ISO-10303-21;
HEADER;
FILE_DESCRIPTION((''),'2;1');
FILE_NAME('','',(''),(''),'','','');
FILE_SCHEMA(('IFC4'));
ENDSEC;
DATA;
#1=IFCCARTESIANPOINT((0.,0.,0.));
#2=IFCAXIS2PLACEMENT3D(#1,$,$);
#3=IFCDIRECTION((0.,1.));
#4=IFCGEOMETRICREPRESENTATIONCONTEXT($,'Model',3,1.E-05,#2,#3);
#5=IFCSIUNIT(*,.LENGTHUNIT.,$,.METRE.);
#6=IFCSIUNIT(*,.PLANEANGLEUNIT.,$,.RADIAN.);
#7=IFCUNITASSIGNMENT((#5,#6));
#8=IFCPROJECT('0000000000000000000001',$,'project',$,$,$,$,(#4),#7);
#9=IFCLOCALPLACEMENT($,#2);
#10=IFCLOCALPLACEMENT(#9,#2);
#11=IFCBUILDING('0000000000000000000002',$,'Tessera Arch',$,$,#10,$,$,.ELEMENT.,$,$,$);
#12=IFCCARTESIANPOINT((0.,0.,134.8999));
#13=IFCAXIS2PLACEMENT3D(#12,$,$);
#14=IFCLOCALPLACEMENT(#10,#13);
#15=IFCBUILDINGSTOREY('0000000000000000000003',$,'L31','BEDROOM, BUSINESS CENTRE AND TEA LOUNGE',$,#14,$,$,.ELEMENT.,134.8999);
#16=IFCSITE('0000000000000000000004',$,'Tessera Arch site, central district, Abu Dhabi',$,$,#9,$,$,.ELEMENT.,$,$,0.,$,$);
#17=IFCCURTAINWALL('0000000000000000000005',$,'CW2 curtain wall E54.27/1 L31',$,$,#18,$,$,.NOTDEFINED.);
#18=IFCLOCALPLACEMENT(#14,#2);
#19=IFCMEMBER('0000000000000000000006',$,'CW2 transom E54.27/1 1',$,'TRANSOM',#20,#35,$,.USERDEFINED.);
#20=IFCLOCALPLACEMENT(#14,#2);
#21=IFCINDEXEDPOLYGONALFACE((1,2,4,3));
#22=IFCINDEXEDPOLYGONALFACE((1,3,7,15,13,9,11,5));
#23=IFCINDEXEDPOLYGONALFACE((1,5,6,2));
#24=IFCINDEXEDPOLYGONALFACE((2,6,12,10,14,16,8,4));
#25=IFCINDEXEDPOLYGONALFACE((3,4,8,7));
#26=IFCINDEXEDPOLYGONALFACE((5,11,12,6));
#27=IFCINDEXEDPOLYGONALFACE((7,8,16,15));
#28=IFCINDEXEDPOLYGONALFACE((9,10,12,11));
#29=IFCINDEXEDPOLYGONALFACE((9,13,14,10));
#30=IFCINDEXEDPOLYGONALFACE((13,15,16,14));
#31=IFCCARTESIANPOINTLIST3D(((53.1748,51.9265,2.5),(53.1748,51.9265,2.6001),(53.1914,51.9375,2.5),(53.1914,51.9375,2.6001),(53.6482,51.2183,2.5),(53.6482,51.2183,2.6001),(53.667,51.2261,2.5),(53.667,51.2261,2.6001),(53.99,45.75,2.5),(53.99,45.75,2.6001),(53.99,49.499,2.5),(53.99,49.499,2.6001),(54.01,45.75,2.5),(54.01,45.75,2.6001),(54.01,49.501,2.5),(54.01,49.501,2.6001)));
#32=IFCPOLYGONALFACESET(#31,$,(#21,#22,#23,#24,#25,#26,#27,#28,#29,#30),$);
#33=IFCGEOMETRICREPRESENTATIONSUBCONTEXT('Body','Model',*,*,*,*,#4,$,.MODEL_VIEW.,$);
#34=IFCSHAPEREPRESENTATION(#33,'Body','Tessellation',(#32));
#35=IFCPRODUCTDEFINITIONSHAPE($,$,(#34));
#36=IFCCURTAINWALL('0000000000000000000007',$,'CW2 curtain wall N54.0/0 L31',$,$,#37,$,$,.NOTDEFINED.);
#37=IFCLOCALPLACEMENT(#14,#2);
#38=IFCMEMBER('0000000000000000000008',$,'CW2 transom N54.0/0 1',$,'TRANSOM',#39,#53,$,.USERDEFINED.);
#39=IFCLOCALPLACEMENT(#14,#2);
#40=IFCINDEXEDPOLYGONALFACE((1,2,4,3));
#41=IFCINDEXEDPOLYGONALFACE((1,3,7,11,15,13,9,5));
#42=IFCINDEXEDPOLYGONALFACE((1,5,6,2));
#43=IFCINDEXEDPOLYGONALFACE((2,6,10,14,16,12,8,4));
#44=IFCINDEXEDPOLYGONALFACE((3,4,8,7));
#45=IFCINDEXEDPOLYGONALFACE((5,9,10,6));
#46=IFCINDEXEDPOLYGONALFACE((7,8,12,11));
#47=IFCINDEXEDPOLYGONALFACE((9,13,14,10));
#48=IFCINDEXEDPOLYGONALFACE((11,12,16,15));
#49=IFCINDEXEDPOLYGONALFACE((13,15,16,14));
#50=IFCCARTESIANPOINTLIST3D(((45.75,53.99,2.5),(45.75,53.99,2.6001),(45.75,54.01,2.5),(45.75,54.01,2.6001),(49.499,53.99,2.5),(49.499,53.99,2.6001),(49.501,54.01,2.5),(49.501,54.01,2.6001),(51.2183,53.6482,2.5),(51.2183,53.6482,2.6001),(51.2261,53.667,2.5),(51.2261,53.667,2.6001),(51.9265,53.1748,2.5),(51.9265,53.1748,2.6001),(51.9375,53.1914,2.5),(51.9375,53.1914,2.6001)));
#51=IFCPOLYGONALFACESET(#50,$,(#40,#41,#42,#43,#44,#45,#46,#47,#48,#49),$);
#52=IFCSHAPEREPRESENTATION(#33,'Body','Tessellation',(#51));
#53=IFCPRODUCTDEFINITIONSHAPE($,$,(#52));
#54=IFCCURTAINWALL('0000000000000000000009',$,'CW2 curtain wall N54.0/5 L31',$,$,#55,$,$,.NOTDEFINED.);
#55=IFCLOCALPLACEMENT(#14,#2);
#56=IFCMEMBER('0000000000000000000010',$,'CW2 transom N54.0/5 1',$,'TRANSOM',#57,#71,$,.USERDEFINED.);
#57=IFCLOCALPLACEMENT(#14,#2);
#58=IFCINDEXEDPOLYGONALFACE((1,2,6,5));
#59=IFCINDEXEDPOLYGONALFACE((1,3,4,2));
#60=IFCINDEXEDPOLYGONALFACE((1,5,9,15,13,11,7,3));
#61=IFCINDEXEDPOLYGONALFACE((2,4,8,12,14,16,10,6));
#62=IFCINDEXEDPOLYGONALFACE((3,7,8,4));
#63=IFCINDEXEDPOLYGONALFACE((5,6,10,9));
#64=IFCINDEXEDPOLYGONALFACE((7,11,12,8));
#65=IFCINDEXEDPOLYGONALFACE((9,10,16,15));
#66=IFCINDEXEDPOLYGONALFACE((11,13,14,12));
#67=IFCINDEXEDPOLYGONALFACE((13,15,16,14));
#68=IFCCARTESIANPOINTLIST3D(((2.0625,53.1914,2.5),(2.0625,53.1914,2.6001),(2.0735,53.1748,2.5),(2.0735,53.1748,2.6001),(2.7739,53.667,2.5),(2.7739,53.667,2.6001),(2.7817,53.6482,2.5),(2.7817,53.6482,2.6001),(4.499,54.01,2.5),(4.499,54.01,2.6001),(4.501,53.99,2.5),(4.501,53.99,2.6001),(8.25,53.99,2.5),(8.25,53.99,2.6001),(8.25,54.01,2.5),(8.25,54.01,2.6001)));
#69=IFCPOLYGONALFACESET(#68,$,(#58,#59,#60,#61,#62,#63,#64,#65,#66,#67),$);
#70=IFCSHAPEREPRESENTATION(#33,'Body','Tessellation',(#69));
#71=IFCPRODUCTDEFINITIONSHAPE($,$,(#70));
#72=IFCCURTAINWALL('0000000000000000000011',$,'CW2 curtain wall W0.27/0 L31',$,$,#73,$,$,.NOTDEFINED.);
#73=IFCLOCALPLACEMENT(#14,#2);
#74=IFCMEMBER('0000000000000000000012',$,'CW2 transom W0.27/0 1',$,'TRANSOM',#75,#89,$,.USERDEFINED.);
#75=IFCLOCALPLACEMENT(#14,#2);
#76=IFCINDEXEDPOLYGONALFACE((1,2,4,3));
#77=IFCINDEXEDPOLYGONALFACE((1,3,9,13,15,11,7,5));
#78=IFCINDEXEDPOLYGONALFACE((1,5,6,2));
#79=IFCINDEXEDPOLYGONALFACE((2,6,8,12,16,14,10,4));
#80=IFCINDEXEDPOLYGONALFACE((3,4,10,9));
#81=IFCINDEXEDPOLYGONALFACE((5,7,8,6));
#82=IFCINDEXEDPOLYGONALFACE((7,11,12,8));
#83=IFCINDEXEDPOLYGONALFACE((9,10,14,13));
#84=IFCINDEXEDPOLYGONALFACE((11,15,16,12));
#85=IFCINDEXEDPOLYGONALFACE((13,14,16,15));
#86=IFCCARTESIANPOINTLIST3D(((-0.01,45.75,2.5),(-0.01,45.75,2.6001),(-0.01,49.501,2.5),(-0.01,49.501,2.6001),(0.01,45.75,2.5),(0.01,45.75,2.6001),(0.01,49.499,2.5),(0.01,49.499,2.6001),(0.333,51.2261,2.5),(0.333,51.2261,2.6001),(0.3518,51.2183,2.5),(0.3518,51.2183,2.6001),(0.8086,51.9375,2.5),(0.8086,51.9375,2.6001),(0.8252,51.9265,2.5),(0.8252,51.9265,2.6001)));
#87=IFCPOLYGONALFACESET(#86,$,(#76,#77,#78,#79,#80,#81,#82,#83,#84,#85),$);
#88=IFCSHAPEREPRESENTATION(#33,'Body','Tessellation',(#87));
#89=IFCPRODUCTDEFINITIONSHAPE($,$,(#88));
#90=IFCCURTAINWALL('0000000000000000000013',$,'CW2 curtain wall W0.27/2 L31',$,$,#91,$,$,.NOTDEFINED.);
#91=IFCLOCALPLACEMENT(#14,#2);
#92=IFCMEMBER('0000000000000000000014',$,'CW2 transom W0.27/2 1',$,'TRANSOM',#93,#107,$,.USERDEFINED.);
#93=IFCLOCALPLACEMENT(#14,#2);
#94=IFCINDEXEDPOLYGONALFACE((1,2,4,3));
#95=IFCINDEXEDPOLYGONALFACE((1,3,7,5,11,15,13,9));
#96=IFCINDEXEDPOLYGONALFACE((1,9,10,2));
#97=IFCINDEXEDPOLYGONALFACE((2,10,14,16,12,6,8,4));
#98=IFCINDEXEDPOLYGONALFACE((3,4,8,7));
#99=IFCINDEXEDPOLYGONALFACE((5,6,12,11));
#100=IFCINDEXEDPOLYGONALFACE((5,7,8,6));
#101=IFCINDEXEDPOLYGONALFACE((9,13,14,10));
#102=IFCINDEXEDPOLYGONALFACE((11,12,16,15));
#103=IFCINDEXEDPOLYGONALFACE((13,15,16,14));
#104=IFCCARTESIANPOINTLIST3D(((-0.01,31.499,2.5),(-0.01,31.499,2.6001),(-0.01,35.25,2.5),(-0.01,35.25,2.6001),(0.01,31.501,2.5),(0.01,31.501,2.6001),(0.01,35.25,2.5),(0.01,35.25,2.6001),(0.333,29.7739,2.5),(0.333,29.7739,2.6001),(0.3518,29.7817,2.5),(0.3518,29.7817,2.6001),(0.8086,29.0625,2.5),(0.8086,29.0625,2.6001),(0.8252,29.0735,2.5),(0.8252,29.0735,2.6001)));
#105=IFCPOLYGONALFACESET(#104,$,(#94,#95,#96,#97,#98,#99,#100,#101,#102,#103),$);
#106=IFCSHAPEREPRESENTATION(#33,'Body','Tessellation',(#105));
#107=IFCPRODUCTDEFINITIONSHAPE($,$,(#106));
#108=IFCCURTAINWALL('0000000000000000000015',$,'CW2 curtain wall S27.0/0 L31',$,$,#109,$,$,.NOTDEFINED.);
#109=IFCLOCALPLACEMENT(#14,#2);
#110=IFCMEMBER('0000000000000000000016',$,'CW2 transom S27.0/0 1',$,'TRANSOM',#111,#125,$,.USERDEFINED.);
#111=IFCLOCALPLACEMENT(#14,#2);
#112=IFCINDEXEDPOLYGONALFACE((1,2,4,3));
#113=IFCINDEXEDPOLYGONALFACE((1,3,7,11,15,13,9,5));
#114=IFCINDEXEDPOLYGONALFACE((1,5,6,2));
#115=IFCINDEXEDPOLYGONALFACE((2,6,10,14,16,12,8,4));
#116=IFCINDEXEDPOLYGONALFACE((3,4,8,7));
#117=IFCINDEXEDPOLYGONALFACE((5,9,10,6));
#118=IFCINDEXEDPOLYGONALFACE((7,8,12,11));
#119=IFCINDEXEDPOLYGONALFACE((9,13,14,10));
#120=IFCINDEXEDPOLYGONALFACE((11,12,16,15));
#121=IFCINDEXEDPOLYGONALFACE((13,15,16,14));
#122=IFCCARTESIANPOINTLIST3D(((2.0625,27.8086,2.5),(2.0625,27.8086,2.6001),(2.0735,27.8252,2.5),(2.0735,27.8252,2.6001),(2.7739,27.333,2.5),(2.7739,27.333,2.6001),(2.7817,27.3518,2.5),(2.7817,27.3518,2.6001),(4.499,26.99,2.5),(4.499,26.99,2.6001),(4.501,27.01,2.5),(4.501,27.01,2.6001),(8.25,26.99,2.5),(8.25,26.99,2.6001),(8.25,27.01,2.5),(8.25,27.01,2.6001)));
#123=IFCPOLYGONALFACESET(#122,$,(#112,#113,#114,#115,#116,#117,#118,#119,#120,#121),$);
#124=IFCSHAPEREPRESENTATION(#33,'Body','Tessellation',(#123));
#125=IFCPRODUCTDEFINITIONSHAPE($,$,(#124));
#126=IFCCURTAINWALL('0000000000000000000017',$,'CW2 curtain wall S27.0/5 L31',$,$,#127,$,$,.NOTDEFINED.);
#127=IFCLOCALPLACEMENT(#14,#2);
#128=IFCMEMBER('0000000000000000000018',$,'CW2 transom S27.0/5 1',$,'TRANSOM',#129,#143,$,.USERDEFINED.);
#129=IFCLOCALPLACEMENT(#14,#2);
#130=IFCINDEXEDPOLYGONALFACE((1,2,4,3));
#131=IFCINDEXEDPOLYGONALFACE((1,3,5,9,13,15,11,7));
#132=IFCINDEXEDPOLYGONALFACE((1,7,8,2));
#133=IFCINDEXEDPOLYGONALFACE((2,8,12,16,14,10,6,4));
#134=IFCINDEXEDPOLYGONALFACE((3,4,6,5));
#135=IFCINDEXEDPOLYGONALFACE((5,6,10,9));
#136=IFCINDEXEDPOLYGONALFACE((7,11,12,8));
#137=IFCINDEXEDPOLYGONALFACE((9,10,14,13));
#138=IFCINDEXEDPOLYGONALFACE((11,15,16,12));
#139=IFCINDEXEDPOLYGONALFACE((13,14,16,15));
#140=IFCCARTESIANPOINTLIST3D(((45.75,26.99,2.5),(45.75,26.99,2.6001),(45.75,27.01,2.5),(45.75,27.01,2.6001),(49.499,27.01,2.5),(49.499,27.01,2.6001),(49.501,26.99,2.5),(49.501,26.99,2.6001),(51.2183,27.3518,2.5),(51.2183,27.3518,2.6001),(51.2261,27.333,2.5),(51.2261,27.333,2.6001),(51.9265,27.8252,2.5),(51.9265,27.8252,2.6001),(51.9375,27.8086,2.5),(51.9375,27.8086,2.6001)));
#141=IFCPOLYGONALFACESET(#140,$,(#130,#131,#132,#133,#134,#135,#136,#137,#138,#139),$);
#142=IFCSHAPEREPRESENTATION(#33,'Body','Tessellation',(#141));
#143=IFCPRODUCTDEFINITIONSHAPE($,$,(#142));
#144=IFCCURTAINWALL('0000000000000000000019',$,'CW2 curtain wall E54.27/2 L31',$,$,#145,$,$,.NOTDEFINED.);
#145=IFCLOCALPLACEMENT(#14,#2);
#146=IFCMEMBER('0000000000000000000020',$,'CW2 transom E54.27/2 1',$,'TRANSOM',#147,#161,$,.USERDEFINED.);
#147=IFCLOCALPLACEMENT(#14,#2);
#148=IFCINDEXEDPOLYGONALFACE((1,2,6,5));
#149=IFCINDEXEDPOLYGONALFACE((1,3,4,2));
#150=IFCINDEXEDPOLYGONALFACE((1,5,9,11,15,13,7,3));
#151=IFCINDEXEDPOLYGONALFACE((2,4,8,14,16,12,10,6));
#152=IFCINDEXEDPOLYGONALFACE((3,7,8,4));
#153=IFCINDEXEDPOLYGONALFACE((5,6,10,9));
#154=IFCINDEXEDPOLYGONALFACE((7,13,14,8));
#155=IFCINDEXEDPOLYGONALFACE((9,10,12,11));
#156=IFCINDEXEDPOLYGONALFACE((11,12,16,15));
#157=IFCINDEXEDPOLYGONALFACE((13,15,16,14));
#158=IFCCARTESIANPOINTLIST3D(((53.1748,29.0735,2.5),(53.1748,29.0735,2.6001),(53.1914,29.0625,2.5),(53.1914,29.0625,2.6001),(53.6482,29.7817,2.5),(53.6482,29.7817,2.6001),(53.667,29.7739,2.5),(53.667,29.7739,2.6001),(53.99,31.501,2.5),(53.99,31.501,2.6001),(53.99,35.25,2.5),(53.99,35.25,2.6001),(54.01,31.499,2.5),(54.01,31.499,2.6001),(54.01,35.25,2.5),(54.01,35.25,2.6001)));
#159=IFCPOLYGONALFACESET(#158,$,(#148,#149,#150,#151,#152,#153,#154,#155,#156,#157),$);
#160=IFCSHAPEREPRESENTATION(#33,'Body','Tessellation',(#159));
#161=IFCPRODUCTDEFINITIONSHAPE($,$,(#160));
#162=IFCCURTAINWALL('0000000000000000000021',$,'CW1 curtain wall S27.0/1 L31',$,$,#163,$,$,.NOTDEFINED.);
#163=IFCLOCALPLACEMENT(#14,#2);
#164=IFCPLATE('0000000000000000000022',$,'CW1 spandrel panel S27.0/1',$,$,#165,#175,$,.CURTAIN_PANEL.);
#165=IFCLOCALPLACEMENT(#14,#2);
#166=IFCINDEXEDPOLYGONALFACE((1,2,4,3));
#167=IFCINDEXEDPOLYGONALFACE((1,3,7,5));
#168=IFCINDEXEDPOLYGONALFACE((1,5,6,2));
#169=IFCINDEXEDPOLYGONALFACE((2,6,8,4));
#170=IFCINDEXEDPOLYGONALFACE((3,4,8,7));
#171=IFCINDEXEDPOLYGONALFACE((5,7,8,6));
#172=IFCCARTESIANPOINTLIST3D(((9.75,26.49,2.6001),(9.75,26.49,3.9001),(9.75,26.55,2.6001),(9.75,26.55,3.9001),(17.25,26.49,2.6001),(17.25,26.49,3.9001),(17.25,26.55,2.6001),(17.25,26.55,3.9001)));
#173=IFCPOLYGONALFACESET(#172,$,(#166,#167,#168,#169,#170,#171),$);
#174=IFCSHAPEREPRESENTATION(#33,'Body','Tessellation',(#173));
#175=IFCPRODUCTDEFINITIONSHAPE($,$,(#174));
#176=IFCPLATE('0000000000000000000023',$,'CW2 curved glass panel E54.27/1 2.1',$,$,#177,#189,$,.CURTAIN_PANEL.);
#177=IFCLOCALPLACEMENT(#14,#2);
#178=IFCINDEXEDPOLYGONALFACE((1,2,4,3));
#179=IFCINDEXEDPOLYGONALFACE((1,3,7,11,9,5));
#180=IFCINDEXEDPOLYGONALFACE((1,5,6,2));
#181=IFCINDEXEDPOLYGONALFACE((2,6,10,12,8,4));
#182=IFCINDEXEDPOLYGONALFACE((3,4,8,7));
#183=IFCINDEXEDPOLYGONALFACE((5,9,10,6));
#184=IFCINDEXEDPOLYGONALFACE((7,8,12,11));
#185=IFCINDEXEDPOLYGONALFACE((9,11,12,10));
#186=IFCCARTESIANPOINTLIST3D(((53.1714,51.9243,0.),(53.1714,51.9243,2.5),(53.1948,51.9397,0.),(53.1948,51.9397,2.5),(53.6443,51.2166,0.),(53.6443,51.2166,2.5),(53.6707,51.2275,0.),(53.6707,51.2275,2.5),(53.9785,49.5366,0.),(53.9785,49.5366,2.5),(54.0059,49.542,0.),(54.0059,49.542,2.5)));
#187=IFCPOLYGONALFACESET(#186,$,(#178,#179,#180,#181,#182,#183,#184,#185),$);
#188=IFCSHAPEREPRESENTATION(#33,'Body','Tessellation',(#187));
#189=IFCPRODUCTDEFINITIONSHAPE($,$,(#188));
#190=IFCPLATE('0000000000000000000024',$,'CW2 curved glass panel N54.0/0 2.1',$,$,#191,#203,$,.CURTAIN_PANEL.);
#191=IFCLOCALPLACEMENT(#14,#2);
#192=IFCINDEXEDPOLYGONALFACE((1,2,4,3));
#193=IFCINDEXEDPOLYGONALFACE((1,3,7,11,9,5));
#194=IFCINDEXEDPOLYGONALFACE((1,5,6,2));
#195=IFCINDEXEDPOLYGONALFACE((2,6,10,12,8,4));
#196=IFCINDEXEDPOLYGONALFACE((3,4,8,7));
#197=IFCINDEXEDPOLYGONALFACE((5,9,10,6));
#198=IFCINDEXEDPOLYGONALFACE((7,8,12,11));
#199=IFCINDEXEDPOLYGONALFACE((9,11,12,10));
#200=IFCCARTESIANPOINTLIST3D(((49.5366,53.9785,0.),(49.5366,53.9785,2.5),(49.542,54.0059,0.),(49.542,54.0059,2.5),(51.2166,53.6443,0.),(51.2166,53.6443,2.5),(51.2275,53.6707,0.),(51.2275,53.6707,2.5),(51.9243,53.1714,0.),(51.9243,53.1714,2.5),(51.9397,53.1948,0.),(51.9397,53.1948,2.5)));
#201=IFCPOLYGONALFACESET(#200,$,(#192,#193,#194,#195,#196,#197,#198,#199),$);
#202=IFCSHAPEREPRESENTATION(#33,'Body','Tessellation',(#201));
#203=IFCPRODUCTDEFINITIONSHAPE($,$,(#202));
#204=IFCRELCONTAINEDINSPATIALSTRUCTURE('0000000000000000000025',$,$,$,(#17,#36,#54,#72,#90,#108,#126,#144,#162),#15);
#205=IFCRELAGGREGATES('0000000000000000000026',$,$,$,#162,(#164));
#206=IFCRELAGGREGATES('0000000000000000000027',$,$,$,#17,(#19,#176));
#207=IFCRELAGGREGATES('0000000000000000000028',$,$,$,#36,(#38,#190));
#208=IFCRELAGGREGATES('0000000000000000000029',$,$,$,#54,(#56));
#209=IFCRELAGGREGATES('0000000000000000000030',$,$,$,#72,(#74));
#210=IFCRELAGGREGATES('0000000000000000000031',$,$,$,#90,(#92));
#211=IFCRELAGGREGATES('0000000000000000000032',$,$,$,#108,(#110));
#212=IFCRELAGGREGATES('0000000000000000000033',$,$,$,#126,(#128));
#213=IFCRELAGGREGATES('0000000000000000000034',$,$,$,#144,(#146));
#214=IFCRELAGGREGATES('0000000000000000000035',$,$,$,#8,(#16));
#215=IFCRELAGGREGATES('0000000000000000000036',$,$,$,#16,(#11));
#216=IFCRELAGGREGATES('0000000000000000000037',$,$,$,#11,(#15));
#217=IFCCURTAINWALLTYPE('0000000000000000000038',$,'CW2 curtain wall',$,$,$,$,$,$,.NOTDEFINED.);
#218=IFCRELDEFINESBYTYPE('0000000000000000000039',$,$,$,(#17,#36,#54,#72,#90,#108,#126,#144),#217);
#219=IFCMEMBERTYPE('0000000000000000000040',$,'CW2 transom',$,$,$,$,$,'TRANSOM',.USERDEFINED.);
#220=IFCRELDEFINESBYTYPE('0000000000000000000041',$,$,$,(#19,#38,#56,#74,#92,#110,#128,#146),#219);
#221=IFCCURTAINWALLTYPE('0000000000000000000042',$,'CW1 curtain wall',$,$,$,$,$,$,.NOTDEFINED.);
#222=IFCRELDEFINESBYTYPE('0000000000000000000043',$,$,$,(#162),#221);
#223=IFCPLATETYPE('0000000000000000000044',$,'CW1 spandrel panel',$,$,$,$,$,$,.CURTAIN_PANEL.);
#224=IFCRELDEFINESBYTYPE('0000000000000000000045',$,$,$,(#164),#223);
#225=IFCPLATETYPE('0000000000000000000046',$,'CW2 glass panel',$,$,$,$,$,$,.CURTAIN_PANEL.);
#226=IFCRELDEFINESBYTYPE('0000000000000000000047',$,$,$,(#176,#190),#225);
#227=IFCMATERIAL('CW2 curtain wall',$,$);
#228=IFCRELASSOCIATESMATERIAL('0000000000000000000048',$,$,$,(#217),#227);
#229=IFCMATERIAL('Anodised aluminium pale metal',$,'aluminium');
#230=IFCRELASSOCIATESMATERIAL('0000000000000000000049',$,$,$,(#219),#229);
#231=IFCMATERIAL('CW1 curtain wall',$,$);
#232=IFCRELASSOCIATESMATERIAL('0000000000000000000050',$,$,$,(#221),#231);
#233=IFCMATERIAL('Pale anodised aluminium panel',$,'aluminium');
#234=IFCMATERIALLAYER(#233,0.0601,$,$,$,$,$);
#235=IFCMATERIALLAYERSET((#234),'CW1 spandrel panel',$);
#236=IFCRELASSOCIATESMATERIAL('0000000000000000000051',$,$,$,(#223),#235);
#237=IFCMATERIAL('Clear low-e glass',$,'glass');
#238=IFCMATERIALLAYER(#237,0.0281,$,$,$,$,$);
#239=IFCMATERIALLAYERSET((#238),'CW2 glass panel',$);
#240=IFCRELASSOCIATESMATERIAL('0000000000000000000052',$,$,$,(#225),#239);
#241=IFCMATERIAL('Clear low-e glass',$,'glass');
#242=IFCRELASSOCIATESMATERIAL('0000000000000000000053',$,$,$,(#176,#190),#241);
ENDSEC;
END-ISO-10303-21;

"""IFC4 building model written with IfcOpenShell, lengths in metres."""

from ifc_helpers import new_model, si_unit, direction, frame, origin, origin_2d, place, context, subcontext, project, spatial, polyline, rectangle, outline, extrude, material, layer, layer_set, material_profile, profile_set, type_object, element, aggregate, save


model = new_model("IFC4")

# Units and contexts
model_context = context("Model", 3, precision=1e-05, world=origin(), true_north=direction((0.0, 1.0)))
body_context = subcontext(model_context, "Body", "Model", "MODEL_VIEW")
ifc_project = project(units=[si_unit("LENGTHUNIT", "METRE"), si_unit("PLANEANGLEUNIT", "RADIAN")], contexts=[model_context])

# Site, building, storey
site_placement = place(None, origin())
site = spatial("IfcSite", under=ifc_project, at=site_placement, Name="Tessera Arch site, central district, Abu Dhabi", CompositionType="ELEMENT", RefElevation=0.0)
building_placement = place(site_placement, origin())
building = spatial("IfcBuilding", under=site, at=building_placement, Name="Tessera Arch", CompositionType="ELEMENT")
storey_placement = place(building_placement, frame((0.0, 0.0, 134.8999)))
storey = spatial("IfcBuildingStorey", under=building, at=storey_placement, Name="L31", Description="BEDROOM, BUSINESS CENTRE AND TEA LOUNGE", CompositionType="ELEMENT", Elevation=134.8999)

# Curtain walls, members
ifc_material_1 = material(Name="CW2 curtain wall")
curtain_wall_type_1 = type_object("IfcCurtainWallType", Name="CW2 curtain wall", PredefinedType="NOTDEFINED", material=ifc_material_1)
curtain_wall_1_placement = place(storey_placement, origin())
curtain_wall_1 = element("IfcCurtainWall", 1, at=curtain_wall_1_placement, inside=storey, type_object=curtain_wall_type_1, Name="CW2 curtain wall E54.27/1 L31", PredefinedType="NOTDEFINED")
ifc_material_2 = material(Name="Anodised aluminium pale metal", Category="aluminium")
ifc_material_profile = material_profile(ifc_material_2, rectangle(XDim=0.2, YDim=0.1001, at=origin_2d()), Name="AL 200x100")
ifc_profile_set = profile_set([ifc_material_profile], Name="Anodised aluminium pale metal")
member_type = type_object("IfcMemberType", Name="CW2 transom", ElementType="TRANSOM", PredefinedType="USERDEFINED", material=ifc_profile_set)
member_1_placement = place(storey_placement, frame((0.0, 0.0, 2.5)))
member_1 = element("IfcMember", 2, at=member_1_placement, type_object=member_type, Name="CW2 transom E54.27/1 1", ObjectType="TRANSOM", PredefinedType="USERDEFINED", context=body_context, shape_type="SweptSolid", body=[
    extrude(outline(polyline([(53.99, 49.499), (53.99, 45.75), (54.01, 45.75), (54.01, 49.501), (53.667, 51.2261), (53.1914, 51.9375), (53.1748, 51.9265), (53.6482, 51.2183), (53.99, 49.499)])), origin(), (0.0, 0.0, 1.0), 0.1001),
])
curtain_wall_2_placement = place(storey_placement, origin())
curtain_wall_2 = element("IfcCurtainWall", 3, at=curtain_wall_2_placement, inside=storey, type_object=curtain_wall_type_1, Name="CW2 curtain wall N54.0/0 L31", PredefinedType="NOTDEFINED")
member_2_placement = place(storey_placement, frame((0.0, 0.0, 2.5)))
member_2 = element("IfcMember", 4, at=member_2_placement, type_object=member_type, Name="CW2 transom N54.0/0 1", ObjectType="TRANSOM", PredefinedType="USERDEFINED", context=body_context, shape_type="SweptSolid", body=[
    extrude(outline(polyline([(51.2183, 53.6482), (51.9265, 53.1748), (51.9375, 53.1914), (51.2261, 53.667), (49.501, 54.01), (45.75, 54.01), (45.75, 53.99), (49.499, 53.99), (51.2183, 53.6482)])), origin(), (0.0, 0.0, 1.0), 0.1001),
])
curtain_wall_3_placement = place(storey_placement, origin())
curtain_wall_3 = element("IfcCurtainWall", 5, at=curtain_wall_3_placement, inside=storey, type_object=curtain_wall_type_1, Name="CW2 curtain wall N54.0/5 L31", PredefinedType="NOTDEFINED")
member_3_placement = place(storey_placement, frame((0.0, 0.0, 2.5)))
member_3 = element("IfcMember", 6, at=member_3_placement, type_object=member_type, Name="CW2 transom N54.0/5 1", ObjectType="TRANSOM", PredefinedType="USERDEFINED", context=body_context, shape_type="SweptSolid", body=[
    extrude(outline(polyline([(4.501, 53.99), (8.25, 53.99), (8.25, 54.01), (4.499, 54.01), (2.7739, 53.667), (2.0625, 53.1914), (2.0735, 53.1748), (2.7817, 53.6482), (4.501, 53.99)])), origin(), (0.0, 0.0, 1.0), 0.1001),
])
curtain_wall_4_placement = place(storey_placement, origin())
curtain_wall_4 = element("IfcCurtainWall", 7, at=curtain_wall_4_placement, inside=storey, type_object=curtain_wall_type_1, Name="CW2 curtain wall W0.27/0 L31", PredefinedType="NOTDEFINED")
member_4_placement = place(storey_placement, frame((0.0, 0.0, 2.5)))
member_4 = element("IfcMember", 8, at=member_4_placement, type_object=member_type, Name="CW2 transom W0.27/0 1", ObjectType="TRANSOM", PredefinedType="USERDEFINED", context=body_context, shape_type="SweptSolid", body=[
    extrude(outline(polyline([(0.3518, 51.2183), (0.8252, 51.9265), (0.8086, 51.9375), (0.333, 51.2261), (-0.01, 49.501), (-0.01, 45.75), (0.01, 45.75), (0.01, 49.499), (0.3518, 51.2183)])), origin(), (0.0, 0.0, 1.0), 0.1001),
])
curtain_wall_5_placement = place(storey_placement, origin())
curtain_wall_5 = element("IfcCurtainWall", 9, at=curtain_wall_5_placement, inside=storey, type_object=curtain_wall_type_1, Name="CW2 curtain wall W0.27/2 L31", PredefinedType="NOTDEFINED")
member_5_placement = place(storey_placement, frame((0.0, 0.0, 2.5)))
member_5 = element("IfcMember", 10, at=member_5_placement, type_object=member_type, Name="CW2 transom W0.27/2 1", ObjectType="TRANSOM", PredefinedType="USERDEFINED", context=body_context, shape_type="SweptSolid", body=[
    extrude(outline(polyline([(0.01, 31.501), (0.01, 35.25), (-0.01, 35.25), (-0.01, 31.499), (0.333, 29.7739), (0.8086, 29.0625), (0.8252, 29.0735), (0.3518, 29.7817), (0.01, 31.501)])), origin(), (0.0, 0.0, 1.0), 0.1001),
])
curtain_wall_6_placement = place(storey_placement, origin())
curtain_wall_6 = element("IfcCurtainWall", 11, at=curtain_wall_6_placement, inside=storey, type_object=curtain_wall_type_1, Name="CW2 curtain wall S27.0/0 L31", PredefinedType="NOTDEFINED")
member_6_placement = place(storey_placement, frame((0.0, 0.0, 2.5)))
member_6 = element("IfcMember", 12, at=member_6_placement, type_object=member_type, Name="CW2 transom S27.0/0 1", ObjectType="TRANSOM", PredefinedType="USERDEFINED", context=body_context, shape_type="SweptSolid", body=[
    extrude(outline(polyline([(2.7817, 27.3518), (2.0735, 27.8252), (2.0625, 27.8086), (2.7739, 27.333), (4.499, 26.99), (8.25, 26.99), (8.25, 27.01), (4.501, 27.01), (2.7817, 27.3518)])), origin(), (0.0, 0.0, 1.0), 0.1001),
])
curtain_wall_7_placement = place(storey_placement, origin())
curtain_wall_7 = element("IfcCurtainWall", 13, at=curtain_wall_7_placement, inside=storey, type_object=curtain_wall_type_1, Name="CW2 curtain wall S27.0/5 L31", PredefinedType="NOTDEFINED")
member_7_placement = place(storey_placement, frame((0.0, 0.0, 2.5)))
member_7 = element("IfcMember", 14, at=member_7_placement, type_object=member_type, Name="CW2 transom S27.0/5 1", ObjectType="TRANSOM", PredefinedType="USERDEFINED", context=body_context, shape_type="SweptSolid", body=[
    extrude(outline(polyline([(49.499, 27.01), (45.75, 27.01), (45.75, 26.99), (49.501, 26.99), (51.2261, 27.333), (51.9375, 27.8086), (51.9265, 27.8252), (51.2183, 27.3518), (49.499, 27.01)])), origin(), (0.0, 0.0, 1.0), 0.1001),
])
curtain_wall_8_placement = place(storey_placement, origin())
curtain_wall_8 = element("IfcCurtainWall", 15, at=curtain_wall_8_placement, inside=storey, type_object=curtain_wall_type_1, Name="CW2 curtain wall E54.27/2 L31", PredefinedType="NOTDEFINED")
member_8_placement = place(storey_placement, frame((0.0, 0.0, 2.5)))
member_8 = element("IfcMember", 16, at=member_8_placement, type_object=member_type, Name="CW2 transom E54.27/2 1", ObjectType="TRANSOM", PredefinedType="USERDEFINED", context=body_context, shape_type="SweptSolid", body=[
    extrude(outline(polyline([(53.6482, 29.7817), (53.1748, 29.0735), (53.1914, 29.0625), (53.667, 29.7739), (54.01, 31.499), (54.01, 35.25), (53.99, 35.25), (53.99, 31.501), (53.6482, 29.7817)])), origin(), (0.0, 0.0, 1.0), 0.1001),
])

# Curtain wall, plate
ifc_material_3 = material(Name="CW1 curtain wall")
curtain_wall_type_2 = type_object("IfcCurtainWallType", Name="CW1 curtain wall", PredefinedType="NOTDEFINED", material=ifc_material_3)
curtain_wall_9_placement = place(storey_placement, origin())
curtain_wall_9 = element("IfcCurtainWall", 17, at=curtain_wall_9_placement, inside=storey, type_object=curtain_wall_type_2, Name="CW1 curtain wall S27.0/1 L31", PredefinedType="NOTDEFINED")
ifc_material_4 = material(Name="Pale anodised aluminium panel", Category="aluminium")
ifc_layer_1 = layer(ifc_material_4, 0.0601)
ifc_layer_set_1 = layer_set([ifc_layer_1], Name="CW1 spandrel panel")
plate_type_1 = type_object("IfcPlateType", Name="CW1 spandrel panel", PredefinedType="CURTAIN_PANEL", material=ifc_layer_set_1)
plate_1_placement = place(storey_placement, frame((13.5, 26.52, 2.6001), z_axis=(0.0, 0.0, 1.0), x_axis=(1.0, 0.0, 0.0)))
plate_1 = element("IfcPlate", 18, at=plate_1_placement, type_object=plate_type_1, Name="CW1 spandrel panel S27.0/1", PredefinedType="CURTAIN_PANEL", context=body_context, shape_type="SweptSolid", body=[
    extrude(rectangle(XDim=7.5, YDim=0.0601, at=origin_2d()), origin(), (0.0, 0.0, 1.0), 1.3),
])
aggregate(curtain_wall_9, [plate_1])

# Plates
ifc_material_5 = material(Name="Clear low-e glass", Category="glass")
ifc_material_6 = material(Name="Clear low-e glass", Category="glass")
ifc_layer_2 = layer(ifc_material_6, 0.0281)
ifc_layer_set_2 = layer_set([ifc_layer_2], Name="CW2 glass panel")
plate_type_2 = type_object("IfcPlateType", Name="CW2 glass panel", PredefinedType="CURTAIN_PANEL", material=ifc_layer_set_2)
plate_2_placement = place(storey_placement, origin())
plate_2 = element("IfcPlate", 19, at=plate_2_placement, type_object=plate_type_2, material=ifc_material_5, Name="CW2 curved glass panel E54.27/1 2.1", PredefinedType="CURTAIN_PANEL", context=body_context, shape_type="SweptSolid", body=[
    extrude(outline(polyline([(53.6443, 51.2166), (53.9785, 49.5366), (54.0059, 49.542), (53.6707, 51.2275), (53.1948, 51.9397), (53.1714, 51.9243), (53.6443, 51.2166)])), origin(), (0.0, 0.0, 1.0), 2.5),
])
plate_3_placement = place(storey_placement, origin())
plate_3 = element("IfcPlate", 20, at=plate_3_placement, type_object=plate_type_2, material=ifc_material_5, Name="CW2 curved glass panel N54.0/0 2.1", PredefinedType="CURTAIN_PANEL", context=body_context, shape_type="SweptSolid", body=[
    extrude(outline(polyline([(51.2166, 53.6443), (51.9243, 53.1714), (51.9397, 53.1948), (51.2275, 53.6707), (49.542, 54.0059), (49.5366, 53.9785), (51.2166, 53.6443)])), origin(), (0.0, 0.0, 1.0), 2.5),
])
aggregate(curtain_wall_1, [member_1, plate_2])
aggregate(curtain_wall_2, [member_2, plate_3])
aggregate(curtain_wall_3, [member_3])
aggregate(curtain_wall_4, [member_4])
aggregate(curtain_wall_5, [member_5])
aggregate(curtain_wall_6, [member_6])
aggregate(curtain_wall_7, [member_7])
aggregate(curtain_wall_8, [member_8])

save(model, "model.ifc")
